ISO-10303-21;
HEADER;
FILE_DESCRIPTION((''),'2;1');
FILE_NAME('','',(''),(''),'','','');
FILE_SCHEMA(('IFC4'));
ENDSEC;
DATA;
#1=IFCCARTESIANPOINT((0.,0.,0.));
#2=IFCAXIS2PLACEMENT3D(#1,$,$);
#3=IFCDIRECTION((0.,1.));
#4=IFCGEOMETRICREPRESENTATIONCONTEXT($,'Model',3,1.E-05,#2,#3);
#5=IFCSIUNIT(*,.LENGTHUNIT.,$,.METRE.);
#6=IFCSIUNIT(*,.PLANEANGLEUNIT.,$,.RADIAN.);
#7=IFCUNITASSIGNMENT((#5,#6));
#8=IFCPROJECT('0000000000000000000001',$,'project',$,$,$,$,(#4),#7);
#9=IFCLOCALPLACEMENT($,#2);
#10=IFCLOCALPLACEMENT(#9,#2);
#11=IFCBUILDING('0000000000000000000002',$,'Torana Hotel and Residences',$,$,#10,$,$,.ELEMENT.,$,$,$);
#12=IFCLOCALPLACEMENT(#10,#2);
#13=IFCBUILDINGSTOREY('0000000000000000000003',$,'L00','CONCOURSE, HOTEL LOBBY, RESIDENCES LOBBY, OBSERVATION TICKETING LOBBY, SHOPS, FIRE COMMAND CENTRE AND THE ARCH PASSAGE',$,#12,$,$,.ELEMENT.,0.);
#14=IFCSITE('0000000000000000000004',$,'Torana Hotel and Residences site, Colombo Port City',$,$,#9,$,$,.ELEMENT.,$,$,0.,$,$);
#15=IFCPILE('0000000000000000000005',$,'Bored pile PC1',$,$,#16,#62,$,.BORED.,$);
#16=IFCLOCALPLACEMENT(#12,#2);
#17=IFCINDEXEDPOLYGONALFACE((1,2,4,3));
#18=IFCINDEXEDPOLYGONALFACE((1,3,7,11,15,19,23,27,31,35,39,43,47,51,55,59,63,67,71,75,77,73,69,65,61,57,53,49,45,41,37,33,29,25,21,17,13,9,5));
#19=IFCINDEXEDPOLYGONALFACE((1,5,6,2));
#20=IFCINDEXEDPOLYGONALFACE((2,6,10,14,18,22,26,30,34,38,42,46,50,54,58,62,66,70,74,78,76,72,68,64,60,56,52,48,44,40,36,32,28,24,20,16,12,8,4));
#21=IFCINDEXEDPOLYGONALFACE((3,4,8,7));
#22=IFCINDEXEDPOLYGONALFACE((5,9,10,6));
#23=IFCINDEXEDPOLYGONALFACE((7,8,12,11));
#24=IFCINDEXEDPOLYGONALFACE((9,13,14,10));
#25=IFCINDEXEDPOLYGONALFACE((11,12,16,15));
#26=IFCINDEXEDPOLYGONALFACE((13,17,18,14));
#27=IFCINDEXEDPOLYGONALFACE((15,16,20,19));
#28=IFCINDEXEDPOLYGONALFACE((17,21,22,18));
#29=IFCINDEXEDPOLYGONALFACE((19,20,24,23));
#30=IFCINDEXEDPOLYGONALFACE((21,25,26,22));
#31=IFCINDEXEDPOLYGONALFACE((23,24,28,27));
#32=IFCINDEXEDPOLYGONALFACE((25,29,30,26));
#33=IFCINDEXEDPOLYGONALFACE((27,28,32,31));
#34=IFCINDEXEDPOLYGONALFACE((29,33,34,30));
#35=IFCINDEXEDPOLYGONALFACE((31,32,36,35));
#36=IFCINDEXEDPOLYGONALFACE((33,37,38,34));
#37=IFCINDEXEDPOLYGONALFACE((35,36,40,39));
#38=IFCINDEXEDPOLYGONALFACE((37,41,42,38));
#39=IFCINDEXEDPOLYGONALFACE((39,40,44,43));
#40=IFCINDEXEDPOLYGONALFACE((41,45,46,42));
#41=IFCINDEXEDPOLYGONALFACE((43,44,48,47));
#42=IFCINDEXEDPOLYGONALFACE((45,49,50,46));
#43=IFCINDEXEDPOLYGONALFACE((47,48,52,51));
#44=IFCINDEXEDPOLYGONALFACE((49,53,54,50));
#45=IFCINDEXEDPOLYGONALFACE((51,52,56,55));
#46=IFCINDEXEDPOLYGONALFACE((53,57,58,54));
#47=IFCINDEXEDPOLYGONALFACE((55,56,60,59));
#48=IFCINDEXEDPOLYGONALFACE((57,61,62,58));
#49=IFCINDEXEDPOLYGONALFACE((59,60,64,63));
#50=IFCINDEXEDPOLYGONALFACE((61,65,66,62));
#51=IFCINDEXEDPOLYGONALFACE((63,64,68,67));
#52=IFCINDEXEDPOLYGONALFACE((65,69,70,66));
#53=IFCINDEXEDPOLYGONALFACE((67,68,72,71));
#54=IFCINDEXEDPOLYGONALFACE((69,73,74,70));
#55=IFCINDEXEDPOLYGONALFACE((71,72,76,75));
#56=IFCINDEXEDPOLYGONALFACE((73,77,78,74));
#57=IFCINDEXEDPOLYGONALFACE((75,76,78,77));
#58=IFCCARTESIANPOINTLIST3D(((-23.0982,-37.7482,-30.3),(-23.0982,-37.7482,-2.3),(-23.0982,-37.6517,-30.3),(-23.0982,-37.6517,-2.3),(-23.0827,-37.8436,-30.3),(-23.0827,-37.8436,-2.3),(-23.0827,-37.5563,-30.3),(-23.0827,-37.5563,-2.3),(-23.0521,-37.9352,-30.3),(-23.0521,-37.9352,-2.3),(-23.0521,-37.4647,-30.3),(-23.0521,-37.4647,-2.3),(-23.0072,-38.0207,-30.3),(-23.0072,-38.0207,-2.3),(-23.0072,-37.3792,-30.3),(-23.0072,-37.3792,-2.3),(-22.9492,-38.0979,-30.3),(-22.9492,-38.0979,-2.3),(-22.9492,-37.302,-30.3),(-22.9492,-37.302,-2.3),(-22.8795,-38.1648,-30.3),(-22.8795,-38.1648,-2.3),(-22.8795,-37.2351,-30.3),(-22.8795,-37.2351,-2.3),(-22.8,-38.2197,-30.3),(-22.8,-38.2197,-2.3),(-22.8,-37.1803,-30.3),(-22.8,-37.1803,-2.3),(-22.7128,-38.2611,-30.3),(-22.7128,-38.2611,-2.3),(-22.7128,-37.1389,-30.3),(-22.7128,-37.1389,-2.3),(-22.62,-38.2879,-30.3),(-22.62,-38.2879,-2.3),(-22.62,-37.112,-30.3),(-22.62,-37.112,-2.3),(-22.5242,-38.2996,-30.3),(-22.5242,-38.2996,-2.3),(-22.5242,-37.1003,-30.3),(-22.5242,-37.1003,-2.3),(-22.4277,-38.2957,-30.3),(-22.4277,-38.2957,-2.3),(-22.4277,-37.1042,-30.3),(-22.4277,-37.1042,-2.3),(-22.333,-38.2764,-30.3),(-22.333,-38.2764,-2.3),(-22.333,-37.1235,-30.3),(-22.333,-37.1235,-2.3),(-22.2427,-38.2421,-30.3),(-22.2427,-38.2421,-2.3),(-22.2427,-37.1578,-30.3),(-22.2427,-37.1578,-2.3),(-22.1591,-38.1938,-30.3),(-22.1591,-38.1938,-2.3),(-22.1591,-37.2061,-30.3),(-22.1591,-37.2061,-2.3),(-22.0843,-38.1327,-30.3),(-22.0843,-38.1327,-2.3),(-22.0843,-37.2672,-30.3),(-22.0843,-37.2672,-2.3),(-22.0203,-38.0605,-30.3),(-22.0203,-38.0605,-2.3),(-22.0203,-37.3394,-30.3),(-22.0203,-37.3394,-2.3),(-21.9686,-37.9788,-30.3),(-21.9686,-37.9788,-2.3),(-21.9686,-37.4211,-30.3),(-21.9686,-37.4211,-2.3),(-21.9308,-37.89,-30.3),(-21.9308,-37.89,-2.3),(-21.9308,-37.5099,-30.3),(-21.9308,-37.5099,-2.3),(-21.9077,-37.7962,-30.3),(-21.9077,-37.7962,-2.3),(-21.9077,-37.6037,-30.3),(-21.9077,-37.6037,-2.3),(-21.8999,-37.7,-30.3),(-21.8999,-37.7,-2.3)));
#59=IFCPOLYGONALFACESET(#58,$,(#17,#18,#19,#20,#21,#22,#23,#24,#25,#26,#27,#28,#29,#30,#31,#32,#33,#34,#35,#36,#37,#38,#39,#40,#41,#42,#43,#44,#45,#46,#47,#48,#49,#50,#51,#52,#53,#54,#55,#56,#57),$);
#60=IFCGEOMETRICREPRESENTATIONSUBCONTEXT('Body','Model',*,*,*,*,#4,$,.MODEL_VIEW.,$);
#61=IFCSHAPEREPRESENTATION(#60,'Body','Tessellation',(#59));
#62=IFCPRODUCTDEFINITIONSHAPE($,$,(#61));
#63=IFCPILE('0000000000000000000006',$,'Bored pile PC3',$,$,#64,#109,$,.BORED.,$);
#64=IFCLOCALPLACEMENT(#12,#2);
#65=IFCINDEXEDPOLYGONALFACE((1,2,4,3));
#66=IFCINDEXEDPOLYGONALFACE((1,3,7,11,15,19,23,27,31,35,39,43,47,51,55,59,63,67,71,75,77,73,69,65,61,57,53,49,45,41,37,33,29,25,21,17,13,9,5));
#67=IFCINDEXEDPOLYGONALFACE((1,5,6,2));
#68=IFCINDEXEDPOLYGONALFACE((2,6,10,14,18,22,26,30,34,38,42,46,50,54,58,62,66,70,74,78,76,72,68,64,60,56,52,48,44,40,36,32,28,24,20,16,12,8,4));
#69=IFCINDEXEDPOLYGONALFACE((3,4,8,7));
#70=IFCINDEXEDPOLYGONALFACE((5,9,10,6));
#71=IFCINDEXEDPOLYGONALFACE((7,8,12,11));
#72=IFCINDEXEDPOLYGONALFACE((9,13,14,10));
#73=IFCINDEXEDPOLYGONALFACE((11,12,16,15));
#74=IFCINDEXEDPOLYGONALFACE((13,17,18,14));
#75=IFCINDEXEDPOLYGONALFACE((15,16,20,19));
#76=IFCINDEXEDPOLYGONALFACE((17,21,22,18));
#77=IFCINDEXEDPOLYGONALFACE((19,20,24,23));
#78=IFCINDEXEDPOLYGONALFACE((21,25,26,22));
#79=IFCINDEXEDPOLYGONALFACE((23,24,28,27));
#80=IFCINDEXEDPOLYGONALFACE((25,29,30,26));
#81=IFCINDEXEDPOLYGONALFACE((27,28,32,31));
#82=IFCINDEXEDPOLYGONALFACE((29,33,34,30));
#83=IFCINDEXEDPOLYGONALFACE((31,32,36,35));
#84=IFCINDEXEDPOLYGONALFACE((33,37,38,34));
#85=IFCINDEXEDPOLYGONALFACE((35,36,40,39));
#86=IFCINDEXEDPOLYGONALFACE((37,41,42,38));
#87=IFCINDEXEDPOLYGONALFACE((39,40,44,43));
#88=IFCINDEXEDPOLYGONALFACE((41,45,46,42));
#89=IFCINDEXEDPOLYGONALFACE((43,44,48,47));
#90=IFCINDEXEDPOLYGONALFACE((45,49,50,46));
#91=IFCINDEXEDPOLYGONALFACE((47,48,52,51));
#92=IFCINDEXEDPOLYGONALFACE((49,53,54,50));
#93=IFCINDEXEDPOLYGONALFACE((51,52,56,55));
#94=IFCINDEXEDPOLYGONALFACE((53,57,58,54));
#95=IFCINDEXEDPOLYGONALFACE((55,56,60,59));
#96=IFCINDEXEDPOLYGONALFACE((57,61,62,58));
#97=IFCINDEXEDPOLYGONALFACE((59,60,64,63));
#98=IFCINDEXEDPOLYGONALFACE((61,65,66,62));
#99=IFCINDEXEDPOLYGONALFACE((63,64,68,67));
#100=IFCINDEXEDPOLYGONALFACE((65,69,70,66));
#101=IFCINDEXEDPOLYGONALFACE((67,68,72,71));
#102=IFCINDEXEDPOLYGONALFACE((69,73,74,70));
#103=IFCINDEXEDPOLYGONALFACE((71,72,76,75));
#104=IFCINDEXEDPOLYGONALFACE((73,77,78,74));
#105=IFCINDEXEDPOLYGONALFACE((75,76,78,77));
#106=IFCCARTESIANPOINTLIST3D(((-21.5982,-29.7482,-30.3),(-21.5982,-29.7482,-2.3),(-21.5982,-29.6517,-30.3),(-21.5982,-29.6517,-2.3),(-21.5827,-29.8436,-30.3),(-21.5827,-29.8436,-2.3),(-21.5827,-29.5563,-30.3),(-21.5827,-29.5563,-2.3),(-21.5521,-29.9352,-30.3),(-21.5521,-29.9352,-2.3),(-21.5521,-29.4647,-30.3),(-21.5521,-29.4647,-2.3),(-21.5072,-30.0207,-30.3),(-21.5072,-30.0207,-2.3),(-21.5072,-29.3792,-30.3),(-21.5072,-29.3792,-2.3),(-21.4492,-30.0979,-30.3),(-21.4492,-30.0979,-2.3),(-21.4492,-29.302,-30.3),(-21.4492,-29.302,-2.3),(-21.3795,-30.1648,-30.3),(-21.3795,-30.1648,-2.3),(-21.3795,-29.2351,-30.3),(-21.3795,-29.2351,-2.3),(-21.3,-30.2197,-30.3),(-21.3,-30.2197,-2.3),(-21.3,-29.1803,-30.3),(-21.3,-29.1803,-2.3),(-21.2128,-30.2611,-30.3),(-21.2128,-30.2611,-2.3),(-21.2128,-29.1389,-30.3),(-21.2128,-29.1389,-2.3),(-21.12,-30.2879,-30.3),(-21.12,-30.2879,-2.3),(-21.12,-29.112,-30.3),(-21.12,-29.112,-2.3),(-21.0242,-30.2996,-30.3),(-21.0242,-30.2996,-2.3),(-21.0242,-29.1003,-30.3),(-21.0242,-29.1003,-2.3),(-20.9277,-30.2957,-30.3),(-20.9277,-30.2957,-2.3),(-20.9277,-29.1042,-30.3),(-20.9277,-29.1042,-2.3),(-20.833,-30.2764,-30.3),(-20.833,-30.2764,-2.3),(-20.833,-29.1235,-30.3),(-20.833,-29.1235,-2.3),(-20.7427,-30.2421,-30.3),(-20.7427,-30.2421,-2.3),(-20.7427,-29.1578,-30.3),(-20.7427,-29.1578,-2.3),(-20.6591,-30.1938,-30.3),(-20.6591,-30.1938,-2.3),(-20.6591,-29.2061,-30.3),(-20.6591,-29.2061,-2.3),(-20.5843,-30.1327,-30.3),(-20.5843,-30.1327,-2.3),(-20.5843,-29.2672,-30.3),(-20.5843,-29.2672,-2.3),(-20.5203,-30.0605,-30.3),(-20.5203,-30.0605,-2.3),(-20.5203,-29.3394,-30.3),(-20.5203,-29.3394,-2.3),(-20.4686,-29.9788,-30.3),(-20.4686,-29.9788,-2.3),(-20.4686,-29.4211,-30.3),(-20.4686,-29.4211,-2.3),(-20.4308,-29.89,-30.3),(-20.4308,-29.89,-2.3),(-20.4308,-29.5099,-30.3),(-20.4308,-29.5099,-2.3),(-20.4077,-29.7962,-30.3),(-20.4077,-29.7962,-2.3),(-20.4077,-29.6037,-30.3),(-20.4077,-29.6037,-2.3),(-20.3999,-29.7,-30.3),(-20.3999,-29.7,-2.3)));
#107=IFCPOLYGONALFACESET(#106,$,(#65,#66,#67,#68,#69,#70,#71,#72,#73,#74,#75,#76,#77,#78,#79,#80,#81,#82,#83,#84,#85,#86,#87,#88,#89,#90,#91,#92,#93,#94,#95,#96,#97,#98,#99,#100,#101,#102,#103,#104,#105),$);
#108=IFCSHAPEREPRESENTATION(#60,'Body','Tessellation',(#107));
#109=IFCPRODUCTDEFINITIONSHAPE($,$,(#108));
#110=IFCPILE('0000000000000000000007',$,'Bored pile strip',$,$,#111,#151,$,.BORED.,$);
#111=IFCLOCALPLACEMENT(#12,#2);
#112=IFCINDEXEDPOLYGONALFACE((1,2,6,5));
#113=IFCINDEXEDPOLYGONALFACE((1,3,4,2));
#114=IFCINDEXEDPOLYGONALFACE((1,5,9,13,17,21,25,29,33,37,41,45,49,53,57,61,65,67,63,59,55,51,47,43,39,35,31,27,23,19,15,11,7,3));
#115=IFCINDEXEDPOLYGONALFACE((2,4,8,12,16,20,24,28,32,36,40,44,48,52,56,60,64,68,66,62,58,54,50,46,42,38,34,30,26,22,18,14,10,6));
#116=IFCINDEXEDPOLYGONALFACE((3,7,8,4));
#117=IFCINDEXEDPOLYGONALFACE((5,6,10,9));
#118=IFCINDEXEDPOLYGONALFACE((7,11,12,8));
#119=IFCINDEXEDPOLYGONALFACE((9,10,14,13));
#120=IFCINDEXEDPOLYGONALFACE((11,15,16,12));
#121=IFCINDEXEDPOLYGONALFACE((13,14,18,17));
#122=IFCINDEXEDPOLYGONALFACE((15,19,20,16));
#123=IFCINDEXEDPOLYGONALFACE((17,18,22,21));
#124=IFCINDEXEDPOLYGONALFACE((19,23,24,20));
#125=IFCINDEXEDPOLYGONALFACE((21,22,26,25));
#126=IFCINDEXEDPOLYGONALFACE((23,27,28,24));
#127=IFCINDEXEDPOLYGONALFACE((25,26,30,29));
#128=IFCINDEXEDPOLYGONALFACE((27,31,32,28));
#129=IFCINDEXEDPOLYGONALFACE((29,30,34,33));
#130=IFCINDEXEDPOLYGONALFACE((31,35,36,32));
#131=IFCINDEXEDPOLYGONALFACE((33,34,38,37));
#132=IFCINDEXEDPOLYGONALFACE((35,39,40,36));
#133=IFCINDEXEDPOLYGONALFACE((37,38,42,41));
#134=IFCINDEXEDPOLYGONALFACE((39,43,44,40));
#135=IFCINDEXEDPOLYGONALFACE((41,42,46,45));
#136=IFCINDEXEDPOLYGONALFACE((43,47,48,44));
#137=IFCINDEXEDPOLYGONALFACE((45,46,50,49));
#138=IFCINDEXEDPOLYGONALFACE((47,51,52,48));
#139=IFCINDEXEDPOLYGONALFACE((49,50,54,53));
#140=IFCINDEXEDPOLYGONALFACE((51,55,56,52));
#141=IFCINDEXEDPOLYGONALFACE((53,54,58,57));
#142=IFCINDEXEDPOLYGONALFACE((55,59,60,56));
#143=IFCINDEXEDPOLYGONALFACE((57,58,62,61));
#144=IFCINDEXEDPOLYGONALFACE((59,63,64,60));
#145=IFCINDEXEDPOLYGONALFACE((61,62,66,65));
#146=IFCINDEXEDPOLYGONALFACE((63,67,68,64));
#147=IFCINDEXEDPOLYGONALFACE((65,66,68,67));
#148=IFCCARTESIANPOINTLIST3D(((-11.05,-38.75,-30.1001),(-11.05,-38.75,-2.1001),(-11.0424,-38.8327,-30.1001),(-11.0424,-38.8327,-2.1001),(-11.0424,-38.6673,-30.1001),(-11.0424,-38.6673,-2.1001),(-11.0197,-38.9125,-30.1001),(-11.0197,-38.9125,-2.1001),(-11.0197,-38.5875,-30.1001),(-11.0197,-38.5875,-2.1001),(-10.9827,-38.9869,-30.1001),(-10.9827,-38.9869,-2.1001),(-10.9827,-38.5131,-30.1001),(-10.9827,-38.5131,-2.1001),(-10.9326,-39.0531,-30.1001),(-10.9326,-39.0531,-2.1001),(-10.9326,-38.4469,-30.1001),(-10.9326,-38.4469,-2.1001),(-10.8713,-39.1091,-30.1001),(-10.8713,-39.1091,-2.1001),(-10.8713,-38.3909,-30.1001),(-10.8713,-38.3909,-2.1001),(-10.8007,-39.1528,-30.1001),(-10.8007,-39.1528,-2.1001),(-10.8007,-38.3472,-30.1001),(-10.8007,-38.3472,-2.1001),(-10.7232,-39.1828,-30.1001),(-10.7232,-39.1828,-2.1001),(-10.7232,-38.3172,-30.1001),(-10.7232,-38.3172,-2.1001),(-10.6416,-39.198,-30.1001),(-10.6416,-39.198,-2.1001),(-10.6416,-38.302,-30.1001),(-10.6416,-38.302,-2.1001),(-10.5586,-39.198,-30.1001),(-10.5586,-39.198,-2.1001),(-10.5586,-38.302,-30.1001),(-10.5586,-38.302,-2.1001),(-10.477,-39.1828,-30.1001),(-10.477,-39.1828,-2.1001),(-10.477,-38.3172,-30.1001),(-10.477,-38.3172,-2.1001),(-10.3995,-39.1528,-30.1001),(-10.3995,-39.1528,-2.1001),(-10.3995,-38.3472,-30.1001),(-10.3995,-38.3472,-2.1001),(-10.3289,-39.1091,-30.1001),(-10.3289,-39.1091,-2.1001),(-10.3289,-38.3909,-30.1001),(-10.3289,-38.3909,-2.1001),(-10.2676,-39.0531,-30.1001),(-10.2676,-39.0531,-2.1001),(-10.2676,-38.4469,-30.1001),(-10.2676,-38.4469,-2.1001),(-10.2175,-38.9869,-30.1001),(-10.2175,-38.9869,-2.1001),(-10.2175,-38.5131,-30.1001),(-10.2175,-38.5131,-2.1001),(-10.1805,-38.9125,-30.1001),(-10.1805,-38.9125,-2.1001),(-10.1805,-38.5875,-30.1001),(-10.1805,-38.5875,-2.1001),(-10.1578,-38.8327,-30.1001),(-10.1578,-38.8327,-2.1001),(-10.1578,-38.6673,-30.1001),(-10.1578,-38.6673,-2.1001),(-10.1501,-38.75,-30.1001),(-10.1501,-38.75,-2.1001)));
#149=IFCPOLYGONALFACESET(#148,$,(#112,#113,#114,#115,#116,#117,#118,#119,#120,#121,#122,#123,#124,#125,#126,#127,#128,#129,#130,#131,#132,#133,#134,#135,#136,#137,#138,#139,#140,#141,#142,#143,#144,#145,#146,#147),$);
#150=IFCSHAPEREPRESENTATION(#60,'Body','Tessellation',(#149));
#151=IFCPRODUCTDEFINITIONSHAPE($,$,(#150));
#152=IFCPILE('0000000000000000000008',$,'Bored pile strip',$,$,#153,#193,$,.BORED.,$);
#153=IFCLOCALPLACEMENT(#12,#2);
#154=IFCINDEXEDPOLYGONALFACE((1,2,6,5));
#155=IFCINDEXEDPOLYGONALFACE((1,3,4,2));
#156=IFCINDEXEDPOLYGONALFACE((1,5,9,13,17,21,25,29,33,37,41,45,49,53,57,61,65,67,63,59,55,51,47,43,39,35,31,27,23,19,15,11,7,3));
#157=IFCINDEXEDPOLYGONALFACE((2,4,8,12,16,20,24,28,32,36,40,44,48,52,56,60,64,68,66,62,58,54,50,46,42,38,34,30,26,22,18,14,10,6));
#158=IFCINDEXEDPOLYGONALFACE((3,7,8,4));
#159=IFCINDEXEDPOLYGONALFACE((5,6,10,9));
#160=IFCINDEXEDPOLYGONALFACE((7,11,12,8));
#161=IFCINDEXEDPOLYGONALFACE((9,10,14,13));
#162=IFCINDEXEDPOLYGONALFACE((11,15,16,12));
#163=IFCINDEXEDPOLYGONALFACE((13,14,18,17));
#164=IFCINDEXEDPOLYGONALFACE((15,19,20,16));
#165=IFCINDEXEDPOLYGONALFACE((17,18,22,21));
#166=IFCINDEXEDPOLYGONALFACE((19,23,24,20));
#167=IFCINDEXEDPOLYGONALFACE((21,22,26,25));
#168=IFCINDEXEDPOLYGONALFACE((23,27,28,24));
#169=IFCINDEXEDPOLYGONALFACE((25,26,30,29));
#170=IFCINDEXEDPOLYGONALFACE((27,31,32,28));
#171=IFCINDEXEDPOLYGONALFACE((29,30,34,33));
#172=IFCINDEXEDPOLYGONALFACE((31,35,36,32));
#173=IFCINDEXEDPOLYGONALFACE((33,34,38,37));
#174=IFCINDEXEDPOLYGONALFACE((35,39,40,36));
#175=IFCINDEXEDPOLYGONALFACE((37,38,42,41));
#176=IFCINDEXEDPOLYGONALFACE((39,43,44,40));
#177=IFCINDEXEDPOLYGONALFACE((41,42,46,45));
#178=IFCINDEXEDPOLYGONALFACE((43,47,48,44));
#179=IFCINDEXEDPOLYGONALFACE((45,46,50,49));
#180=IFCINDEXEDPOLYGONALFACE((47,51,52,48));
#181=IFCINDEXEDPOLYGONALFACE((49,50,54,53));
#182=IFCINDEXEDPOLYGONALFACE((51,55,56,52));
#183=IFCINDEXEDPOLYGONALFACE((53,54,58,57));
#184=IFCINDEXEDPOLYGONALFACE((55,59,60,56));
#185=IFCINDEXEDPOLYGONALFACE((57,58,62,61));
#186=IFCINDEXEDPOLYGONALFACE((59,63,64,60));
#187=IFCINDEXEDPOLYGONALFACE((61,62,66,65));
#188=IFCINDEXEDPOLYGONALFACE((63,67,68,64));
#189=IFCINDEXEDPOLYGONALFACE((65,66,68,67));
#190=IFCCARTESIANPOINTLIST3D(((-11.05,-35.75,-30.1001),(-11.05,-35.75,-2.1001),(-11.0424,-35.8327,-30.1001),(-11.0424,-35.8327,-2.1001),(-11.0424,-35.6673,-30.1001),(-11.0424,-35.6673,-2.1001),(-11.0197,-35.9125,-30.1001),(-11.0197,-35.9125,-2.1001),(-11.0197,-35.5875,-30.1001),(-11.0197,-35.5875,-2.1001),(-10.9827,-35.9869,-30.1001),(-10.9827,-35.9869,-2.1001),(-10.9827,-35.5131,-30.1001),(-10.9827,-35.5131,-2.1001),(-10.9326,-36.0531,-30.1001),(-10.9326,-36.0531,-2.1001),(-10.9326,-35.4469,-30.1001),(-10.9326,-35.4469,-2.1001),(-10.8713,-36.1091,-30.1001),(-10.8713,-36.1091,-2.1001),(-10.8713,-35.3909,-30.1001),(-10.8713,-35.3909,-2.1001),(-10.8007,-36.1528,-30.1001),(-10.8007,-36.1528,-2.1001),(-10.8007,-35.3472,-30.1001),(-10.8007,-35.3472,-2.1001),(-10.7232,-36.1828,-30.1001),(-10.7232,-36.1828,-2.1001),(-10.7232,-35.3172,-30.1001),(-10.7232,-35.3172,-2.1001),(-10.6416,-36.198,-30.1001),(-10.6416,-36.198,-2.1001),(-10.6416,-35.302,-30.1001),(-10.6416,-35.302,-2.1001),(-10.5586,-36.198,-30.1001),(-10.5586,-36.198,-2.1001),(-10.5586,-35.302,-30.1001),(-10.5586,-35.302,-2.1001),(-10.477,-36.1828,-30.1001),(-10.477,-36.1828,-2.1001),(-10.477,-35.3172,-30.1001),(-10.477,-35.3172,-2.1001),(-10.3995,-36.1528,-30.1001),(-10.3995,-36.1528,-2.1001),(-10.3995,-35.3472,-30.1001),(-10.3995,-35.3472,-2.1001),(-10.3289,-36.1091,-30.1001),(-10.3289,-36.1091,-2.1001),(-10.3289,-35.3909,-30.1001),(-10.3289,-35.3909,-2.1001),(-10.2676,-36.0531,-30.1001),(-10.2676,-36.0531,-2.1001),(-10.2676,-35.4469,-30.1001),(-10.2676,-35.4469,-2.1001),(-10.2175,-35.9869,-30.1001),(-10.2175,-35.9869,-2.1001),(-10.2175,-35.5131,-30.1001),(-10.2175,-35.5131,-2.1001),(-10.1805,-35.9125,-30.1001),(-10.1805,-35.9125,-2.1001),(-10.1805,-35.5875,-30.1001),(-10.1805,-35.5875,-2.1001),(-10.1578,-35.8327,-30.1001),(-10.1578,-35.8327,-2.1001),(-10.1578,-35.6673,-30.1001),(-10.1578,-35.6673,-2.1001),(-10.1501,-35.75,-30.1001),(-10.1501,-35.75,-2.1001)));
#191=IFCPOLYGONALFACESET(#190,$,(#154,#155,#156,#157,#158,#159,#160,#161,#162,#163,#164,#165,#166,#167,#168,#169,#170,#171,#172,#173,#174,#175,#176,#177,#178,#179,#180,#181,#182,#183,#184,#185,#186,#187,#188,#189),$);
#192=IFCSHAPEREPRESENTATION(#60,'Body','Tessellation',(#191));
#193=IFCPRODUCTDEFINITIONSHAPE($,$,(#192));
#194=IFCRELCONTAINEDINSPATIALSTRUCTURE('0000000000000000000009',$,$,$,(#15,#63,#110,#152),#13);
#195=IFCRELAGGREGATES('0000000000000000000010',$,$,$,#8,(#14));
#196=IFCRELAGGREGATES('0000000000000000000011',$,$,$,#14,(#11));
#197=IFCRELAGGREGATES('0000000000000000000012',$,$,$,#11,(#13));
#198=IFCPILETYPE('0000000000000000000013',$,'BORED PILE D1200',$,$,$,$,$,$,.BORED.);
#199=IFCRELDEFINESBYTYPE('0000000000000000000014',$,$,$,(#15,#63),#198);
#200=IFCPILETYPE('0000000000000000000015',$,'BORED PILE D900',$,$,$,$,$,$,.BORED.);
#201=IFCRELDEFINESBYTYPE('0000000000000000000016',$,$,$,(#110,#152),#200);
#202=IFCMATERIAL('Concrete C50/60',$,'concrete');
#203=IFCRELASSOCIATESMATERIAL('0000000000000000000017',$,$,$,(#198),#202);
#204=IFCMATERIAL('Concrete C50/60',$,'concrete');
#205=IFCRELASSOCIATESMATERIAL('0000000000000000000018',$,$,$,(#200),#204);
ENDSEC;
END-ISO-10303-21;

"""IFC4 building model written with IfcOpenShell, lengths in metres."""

from ifc_helpers import new_model, si_unit, direction, frame, origin, origin_2d, place, context, subcontext, project, spatial, circle, extrude, material, type_object, element, save


model = new_model("IFC4")

# Units and contexts
model_context = context("Model", 3, precision=1e-05, world=origin(), true_north=direction((0.0, 1.0)))
body_context = subcontext(model_context, "Body", "Model", "MODEL_VIEW")
ifc_project = project(units=[si_unit("LENGTHUNIT", "METRE"), si_unit("PLANEANGLEUNIT", "RADIAN")], contexts=[model_context])

# Site, building, storey
site_placement = place(None, origin())
site = spatial("IfcSite", under=ifc_project, at=site_placement, Name="Torana Hotel and Residences site, Colombo Port City", CompositionType="ELEMENT", RefElevation=0.0)
building_placement = place(site_placement, origin())
building = spatial("IfcBuilding", under=site, at=building_placement, Name="Torana Hotel and Residences", CompositionType="ELEMENT")
storey_placement = place(building_placement, origin())
storey = spatial("IfcBuildingStorey", under=building, at=storey_placement, Name="L00", Description="CONCOURSE, HOTEL LOBBY, RESIDENCES LOBBY, OBSERVATION TICKETING LOBBY, SHOPS, FIRE COMMAND CENTRE AND THE ARCH PASSAGE", CompositionType="ELEMENT", Elevation=0.0)

# Piles
ifc_material_1 = material(Name="Concrete C50/60", Category="concrete")
pile_type_1 = type_object("IfcPileType", Name="BORED PILE D1200", PredefinedType="BORED", material=ifc_material_1)
for number, where, z_axis, x_axis, name in (
    (1, (-22.5, -37.7, -2.3), (0.0, 0.0, -1.0), (1.0, 0.0, 0.0), "Bored pile PC1"),
    (2, (-21.0, -29.7, -2.3), (0.0, 0.0, -1.0), (1.0, 0.0, 0.0), "Bored pile PC3"),
):
    element("IfcPile", number, at=place(storey_placement, frame(where, z_axis=z_axis, x_axis=x_axis)), inside=storey, type_object=pile_type_1, Name=name, PredefinedType="BORED", context=body_context, shape_type="SweptSolid", body=[
        extrude(circle(Radius=0.6001, at=origin_2d()), origin(), (0.0, 0.0, 1.0), 28.0),
    ])
ifc_material_2 = material(Name="Concrete C50/60", Category="concrete")
pile_type_2 = type_object("IfcPileType", Name="BORED PILE D900", PredefinedType="BORED", material=ifc_material_2)
for number, where, z_axis, x_axis, name in (
    (3, (-10.6001, -38.75, -2.1001), (0.0, 0.0, -1.0), (1.0, 0.0, 0.0), "Bored pile strip"),
    (4, (-10.6001, -35.75, -2.1001), (0.0, 0.0, -1.0), (1.0, 0.0, 0.0), "Bored pile strip"),
):
    element("IfcPile", number, at=place(storey_placement, frame(where, z_axis=z_axis, x_axis=x_axis)), inside=storey, type_object=pile_type_2, Name=name, PredefinedType="BORED", context=body_context, shape_type="SweptSolid", body=[
        extrude(circle(Radius=0.45, at=origin_2d()), origin(), (0.0, 0.0, 1.0), 28.0),
    ])

save(model, "model.ifc")
